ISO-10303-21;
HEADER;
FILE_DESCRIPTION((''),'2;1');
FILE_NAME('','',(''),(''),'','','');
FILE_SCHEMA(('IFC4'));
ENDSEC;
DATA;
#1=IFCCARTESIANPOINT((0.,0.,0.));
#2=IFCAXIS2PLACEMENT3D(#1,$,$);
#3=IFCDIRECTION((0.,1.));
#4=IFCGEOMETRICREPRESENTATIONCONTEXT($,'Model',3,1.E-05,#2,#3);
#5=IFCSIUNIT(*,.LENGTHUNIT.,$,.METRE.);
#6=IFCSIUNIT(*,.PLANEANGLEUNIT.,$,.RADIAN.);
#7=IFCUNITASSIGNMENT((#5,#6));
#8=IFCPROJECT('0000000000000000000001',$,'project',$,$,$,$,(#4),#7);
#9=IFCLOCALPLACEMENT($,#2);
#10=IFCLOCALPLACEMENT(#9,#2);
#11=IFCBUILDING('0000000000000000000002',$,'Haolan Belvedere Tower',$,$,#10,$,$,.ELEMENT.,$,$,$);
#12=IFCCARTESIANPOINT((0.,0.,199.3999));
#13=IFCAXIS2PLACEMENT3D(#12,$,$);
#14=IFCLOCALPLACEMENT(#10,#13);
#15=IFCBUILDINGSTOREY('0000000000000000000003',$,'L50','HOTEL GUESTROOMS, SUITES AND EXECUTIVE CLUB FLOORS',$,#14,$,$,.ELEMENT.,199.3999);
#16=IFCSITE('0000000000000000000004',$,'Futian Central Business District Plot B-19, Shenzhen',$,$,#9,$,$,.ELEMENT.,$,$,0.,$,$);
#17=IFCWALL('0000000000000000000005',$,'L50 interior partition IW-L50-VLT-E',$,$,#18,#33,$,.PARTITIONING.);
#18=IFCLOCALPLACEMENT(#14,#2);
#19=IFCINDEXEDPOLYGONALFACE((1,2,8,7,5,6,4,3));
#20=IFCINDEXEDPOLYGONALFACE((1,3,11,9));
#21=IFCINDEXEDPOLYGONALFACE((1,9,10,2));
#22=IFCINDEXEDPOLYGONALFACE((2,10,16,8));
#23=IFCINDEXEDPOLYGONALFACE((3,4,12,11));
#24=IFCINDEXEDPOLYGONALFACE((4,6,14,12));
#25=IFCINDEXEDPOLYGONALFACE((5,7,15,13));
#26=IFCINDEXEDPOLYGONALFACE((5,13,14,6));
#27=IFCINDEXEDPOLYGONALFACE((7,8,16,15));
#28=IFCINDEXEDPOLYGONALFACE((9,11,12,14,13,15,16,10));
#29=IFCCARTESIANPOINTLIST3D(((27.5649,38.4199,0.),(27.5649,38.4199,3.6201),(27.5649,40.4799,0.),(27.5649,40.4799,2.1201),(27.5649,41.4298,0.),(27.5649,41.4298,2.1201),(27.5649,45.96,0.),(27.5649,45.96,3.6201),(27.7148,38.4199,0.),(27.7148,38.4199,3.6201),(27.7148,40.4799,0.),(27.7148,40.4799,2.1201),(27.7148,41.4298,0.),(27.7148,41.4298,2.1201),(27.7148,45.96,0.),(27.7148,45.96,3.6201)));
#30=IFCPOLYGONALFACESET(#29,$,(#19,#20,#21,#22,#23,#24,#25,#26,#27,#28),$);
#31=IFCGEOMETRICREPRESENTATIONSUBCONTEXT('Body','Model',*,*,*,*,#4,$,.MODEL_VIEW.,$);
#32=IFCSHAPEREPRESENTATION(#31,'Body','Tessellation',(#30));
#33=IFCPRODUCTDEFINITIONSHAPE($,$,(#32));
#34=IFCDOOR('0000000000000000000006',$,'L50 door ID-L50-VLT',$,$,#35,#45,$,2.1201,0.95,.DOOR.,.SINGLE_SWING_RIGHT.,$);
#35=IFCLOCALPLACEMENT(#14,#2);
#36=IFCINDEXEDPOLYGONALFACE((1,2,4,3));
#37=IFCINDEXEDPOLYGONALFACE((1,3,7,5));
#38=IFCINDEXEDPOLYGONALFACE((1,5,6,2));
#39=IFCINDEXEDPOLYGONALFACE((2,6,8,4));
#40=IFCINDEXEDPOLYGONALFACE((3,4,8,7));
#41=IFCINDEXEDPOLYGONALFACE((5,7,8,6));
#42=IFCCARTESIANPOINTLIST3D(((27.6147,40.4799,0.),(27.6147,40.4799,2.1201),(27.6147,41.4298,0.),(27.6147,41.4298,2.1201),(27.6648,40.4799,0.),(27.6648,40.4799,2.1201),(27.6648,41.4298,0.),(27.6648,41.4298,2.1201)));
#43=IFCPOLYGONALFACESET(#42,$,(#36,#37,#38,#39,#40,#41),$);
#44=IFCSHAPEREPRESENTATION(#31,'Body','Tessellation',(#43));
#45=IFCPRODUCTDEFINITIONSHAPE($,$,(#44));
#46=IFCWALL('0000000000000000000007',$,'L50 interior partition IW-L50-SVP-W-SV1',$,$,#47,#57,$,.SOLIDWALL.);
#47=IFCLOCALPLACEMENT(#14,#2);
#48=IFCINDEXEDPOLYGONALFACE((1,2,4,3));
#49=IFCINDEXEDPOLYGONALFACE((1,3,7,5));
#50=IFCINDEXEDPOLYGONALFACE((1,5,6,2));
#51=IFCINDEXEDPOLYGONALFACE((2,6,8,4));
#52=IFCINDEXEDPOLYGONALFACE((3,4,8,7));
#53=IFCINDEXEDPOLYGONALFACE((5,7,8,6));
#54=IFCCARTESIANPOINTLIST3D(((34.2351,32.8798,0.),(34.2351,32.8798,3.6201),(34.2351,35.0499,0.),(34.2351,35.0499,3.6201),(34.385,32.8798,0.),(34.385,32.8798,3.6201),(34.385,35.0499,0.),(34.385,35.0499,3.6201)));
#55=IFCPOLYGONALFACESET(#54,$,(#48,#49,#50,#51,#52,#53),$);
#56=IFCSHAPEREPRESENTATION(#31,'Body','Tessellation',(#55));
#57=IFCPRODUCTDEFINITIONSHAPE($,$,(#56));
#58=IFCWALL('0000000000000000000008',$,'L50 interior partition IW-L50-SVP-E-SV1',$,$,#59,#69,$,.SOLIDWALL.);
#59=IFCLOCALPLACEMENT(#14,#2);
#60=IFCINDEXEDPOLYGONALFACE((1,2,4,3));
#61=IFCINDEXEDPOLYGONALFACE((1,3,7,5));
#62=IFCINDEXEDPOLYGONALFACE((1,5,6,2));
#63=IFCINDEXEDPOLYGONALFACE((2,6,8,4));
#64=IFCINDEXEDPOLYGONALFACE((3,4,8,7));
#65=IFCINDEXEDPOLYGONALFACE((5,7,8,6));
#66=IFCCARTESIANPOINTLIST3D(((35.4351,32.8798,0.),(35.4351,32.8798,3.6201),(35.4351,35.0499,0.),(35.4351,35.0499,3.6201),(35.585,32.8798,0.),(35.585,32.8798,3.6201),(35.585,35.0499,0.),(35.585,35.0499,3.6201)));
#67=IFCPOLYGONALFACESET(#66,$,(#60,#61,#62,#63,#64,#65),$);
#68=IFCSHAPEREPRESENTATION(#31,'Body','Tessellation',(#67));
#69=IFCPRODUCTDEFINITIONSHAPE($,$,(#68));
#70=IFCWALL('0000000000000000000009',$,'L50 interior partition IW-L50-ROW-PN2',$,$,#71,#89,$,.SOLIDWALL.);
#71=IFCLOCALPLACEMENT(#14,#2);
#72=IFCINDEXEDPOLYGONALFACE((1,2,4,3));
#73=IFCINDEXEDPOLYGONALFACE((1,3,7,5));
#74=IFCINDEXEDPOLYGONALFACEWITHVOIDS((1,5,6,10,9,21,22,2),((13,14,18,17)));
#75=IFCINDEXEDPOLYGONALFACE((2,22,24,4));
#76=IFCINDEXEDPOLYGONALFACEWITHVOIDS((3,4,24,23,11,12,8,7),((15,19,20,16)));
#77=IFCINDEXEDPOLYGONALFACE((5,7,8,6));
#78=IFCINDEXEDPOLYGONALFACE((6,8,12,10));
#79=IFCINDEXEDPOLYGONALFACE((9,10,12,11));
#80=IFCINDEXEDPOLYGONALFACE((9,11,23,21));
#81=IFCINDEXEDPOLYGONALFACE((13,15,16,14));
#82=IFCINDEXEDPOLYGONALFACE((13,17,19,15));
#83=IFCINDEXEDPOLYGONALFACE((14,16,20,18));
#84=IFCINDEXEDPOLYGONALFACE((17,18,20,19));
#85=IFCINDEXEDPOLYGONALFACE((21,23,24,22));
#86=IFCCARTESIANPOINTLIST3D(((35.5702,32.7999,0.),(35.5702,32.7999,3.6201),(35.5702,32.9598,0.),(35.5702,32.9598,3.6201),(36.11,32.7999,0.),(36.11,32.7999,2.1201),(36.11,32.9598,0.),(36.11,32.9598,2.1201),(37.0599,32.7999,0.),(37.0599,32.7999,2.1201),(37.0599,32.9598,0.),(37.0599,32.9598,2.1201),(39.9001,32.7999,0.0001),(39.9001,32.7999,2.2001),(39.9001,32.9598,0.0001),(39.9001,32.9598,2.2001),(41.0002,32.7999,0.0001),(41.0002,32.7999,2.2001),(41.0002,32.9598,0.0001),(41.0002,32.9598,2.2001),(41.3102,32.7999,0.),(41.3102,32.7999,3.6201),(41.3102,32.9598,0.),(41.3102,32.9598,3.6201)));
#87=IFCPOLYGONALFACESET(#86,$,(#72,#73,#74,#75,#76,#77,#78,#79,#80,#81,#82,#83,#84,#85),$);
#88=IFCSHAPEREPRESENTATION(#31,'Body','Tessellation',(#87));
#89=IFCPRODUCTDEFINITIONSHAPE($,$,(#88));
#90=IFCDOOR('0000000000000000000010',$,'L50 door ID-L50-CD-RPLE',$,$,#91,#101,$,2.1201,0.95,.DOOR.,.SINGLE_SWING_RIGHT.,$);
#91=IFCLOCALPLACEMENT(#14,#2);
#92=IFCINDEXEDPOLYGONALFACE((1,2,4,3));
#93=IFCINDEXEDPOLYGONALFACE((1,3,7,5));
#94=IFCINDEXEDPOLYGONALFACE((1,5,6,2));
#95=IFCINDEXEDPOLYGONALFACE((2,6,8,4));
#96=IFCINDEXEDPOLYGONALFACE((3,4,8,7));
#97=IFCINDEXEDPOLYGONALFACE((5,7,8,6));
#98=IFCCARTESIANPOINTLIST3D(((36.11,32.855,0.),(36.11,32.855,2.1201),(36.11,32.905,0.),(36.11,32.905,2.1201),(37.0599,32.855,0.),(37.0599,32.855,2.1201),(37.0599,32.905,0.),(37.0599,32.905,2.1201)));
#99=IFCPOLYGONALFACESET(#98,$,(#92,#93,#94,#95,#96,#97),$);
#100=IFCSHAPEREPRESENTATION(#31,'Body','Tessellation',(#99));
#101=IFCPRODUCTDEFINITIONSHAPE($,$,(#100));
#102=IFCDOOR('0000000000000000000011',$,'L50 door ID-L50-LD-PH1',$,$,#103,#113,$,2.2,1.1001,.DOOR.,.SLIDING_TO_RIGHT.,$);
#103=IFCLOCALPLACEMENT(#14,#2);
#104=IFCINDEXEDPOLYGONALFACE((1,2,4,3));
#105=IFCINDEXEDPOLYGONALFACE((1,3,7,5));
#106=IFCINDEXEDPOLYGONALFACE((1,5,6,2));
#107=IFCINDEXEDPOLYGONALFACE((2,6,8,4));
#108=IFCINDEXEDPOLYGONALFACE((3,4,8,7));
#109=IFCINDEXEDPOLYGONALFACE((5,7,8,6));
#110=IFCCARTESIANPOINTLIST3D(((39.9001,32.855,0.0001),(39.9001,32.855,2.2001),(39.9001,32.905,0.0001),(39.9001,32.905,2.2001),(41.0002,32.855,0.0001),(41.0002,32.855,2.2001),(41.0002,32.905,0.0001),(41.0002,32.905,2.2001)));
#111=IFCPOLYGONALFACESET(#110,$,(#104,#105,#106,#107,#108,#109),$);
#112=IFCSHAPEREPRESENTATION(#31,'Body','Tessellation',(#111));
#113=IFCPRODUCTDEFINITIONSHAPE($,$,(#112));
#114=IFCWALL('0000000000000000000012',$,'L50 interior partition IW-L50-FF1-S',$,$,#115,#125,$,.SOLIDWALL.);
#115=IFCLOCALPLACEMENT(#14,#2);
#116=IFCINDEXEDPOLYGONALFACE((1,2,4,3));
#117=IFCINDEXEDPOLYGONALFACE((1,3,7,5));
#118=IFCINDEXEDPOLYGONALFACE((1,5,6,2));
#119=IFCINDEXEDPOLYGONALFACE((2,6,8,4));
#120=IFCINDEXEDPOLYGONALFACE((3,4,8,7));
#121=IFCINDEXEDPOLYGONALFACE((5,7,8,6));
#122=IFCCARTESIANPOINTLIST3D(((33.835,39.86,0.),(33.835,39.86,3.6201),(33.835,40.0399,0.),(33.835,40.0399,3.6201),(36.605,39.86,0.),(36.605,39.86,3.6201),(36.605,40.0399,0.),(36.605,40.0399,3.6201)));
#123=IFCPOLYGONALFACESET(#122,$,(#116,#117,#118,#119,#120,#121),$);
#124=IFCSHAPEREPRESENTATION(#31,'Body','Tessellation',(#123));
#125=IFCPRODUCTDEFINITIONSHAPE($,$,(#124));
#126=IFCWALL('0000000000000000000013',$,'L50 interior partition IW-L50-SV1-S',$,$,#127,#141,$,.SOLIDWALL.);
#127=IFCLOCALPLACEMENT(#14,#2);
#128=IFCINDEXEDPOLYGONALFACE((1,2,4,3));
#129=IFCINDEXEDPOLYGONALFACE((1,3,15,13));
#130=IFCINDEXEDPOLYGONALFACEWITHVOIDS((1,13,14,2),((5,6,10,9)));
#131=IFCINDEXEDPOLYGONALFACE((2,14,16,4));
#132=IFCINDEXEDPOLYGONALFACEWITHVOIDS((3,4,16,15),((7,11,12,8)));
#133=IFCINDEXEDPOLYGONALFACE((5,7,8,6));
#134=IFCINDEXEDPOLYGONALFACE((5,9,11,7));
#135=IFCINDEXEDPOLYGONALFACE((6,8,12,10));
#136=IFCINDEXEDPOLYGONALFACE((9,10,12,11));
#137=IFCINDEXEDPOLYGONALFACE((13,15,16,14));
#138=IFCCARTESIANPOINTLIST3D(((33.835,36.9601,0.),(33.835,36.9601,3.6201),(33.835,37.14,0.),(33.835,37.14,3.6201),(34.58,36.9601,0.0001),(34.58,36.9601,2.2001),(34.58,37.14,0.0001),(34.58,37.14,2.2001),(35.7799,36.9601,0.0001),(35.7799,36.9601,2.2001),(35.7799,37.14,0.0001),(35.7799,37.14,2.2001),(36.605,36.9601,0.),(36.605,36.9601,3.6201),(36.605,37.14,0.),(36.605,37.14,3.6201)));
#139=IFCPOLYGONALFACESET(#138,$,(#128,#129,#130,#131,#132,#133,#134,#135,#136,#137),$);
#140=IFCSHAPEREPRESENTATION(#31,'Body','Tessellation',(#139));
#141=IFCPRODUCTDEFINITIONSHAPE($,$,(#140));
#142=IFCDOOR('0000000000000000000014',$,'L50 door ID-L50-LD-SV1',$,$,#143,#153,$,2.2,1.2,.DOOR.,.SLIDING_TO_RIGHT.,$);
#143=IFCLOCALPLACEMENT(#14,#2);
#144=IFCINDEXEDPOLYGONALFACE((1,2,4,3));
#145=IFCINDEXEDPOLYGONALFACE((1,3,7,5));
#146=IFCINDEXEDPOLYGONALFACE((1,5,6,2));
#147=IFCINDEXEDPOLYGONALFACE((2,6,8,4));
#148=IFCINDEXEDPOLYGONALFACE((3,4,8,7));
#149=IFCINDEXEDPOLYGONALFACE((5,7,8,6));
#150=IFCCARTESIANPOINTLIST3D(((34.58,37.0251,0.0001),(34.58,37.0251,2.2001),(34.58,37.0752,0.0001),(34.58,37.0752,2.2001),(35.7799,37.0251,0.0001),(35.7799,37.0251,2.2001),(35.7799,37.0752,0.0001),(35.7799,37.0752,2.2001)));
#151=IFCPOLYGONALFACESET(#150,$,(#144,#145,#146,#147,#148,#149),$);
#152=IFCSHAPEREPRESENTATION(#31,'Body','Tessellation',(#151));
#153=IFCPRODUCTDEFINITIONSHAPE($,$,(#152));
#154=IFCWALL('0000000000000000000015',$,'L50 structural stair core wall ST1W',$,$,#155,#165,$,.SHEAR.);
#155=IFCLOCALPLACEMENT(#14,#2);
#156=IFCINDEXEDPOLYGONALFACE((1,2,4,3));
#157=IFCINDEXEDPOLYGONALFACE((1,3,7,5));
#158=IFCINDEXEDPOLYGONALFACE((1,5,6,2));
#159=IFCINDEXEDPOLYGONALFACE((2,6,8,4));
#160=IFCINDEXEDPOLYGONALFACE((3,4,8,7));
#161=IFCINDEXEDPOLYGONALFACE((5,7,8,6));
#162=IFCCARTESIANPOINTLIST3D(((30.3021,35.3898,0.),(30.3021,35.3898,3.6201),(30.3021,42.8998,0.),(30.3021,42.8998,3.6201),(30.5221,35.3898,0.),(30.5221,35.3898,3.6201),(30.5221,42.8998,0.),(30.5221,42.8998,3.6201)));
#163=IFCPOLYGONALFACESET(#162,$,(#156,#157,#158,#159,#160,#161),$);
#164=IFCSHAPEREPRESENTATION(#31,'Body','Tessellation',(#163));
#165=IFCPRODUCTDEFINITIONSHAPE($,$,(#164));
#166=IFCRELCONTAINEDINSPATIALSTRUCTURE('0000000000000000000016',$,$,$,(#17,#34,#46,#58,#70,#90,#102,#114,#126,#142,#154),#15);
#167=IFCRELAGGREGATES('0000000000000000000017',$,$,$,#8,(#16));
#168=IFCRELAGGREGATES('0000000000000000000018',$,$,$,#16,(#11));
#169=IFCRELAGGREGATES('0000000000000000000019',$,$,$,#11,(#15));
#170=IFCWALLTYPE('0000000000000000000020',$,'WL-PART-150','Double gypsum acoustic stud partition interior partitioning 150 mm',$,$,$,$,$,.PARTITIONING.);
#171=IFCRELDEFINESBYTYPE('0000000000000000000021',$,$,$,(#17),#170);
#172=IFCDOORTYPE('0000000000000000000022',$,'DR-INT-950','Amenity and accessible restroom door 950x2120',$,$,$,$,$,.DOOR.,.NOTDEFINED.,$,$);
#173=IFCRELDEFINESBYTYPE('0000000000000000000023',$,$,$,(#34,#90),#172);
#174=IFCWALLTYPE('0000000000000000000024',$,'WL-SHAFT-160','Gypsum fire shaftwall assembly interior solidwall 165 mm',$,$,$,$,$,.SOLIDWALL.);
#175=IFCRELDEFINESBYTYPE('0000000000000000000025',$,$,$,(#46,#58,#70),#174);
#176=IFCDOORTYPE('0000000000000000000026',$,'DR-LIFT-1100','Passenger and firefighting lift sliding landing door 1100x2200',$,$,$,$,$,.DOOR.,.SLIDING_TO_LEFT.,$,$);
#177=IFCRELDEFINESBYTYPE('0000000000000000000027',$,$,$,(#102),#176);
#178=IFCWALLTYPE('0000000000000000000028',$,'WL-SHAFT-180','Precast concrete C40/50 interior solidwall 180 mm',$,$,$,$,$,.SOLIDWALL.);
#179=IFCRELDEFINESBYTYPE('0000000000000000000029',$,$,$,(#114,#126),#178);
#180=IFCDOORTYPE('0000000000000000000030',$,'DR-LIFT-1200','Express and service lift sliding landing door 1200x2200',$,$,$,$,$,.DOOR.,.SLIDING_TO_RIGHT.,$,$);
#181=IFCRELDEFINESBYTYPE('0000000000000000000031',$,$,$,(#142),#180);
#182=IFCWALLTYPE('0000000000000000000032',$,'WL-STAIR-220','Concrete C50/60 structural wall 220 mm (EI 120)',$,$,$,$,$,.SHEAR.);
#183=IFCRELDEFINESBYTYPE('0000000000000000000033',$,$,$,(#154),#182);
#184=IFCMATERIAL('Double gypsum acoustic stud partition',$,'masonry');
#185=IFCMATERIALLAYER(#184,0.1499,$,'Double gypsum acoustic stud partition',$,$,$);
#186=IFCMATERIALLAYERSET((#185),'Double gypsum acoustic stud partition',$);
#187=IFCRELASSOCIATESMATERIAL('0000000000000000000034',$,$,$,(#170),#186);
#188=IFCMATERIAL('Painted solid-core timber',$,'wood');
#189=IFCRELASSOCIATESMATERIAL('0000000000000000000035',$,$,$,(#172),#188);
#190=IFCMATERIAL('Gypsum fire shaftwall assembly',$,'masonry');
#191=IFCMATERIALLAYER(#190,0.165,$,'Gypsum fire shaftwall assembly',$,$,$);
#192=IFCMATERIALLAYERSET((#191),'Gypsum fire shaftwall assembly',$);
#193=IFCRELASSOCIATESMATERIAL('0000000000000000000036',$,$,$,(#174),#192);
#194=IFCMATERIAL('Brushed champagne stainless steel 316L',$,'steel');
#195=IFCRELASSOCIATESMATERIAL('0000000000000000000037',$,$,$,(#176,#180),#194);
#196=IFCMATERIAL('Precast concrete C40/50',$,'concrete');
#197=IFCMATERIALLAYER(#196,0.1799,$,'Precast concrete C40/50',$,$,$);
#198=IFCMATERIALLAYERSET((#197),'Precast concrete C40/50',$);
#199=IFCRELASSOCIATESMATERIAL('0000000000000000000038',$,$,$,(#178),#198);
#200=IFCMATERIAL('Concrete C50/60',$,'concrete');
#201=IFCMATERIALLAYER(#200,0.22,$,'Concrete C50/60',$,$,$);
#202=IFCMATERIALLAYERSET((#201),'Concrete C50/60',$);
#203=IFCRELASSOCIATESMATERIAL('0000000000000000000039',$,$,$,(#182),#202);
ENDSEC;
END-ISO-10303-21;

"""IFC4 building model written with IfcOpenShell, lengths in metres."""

from ifc_helpers import new_model, si_unit, direction, frame, frame_2d, origin, place, context, subcontext, project, spatial, rectangle, extrude, material, layer, layer_set, type_object, element, fill, save


model = new_model("IFC4")

# Units and contexts
model_context = context("Model", 3, precision=1e-05, world=origin(), true_north=direction((0.0, 1.0)))
body_context = subcontext(model_context, "Body", "Model", "MODEL_VIEW")
ifc_project = project(units=[si_unit("LENGTHUNIT", "METRE"), si_unit("PLANEANGLEUNIT", "RADIAN")], contexts=[model_context])

# Site, building, storey
site_placement = place(None, origin())
site = spatial("IfcSite", under=ifc_project, at=site_placement, Name="Futian Central Business District Plot B-19, Shenzhen", CompositionType="ELEMENT", RefElevation=0.0)
building_placement = place(site_placement, origin())
building = spatial("IfcBuilding", under=site, at=building_placement, Name="Haolan Belvedere Tower", CompositionType="ELEMENT")
storey_placement = place(building_placement, frame((0.0, 0.0, 199.3999)))
storey = spatial("IfcBuildingStorey", under=building, at=storey_placement, Name="L50", Description="HOTEL GUESTROOMS, SUITES AND EXECUTIVE CLUB FLOORS", CompositionType="ELEMENT", Elevation=199.3999)

# Wall, opening, door
ifc_material_1 = material(Name="Double gypsum acoustic stud partition", Category="masonry")
ifc_layer_1 = layer(ifc_material_1, 0.1499, Name="Double gypsum acoustic stud partition")
ifc_layer_set_1 = layer_set([ifc_layer_1], Name="Double gypsum acoustic stud partition")
wall_type_1 = type_object("IfcWallType", Name="WL-PART-150", Description="Double gypsum acoustic stud partition interior partitioning 150 mm", PredefinedType="PARTITIONING", material=ifc_layer_set_1)
wall_1_placement = place(storey_placement, frame((27.6399, 38.4199, 0.0), z_axis=(0.0, 0.0, 1.0), x_axis=(0.0, 1.0, 0.0)))
wall_1 = element("IfcWall", 1, at=wall_1_placement, inside=storey, type_object=wall_type_1, Name="L50 interior partition IW-L50-VLT-E", PredefinedType="PARTITIONING", context=body_context, shape_type="SweptSolid", body=[
    extrude(rectangle(XDim=7.54, YDim=0.1499, at=frame_2d((3.77, 0.0))), origin(), (0.0, 0.0, 1.0), 3.6201),
])
opening_1_placement = place(wall_1_placement, frame((3.01, 0.0, 0.0), z_axis=(0.0, 0.0, 1.0), x_axis=(-1.0, 0.0, 0.0)))
opening_1 = element("IfcOpeningElement", 2, at=opening_1_placement, cuts=wall_1, PredefinedType="OPENING", context=body_context, shape_type="SweptSolid", body=[
    extrude(rectangle(XDim=0.95, YDim=2.1201, at=frame_2d((0.4751, 1.0601))), frame((0.0, 0.085, 0.0), z_axis=(0.0, -1.0, 0.0), x_axis=(1.0, 0.0, 0.0)), (0.0, 0.0, 1.0), 0.1699),
])
ifc_material_2 = material(Name="Painted solid-core timber", Category="wood")
door_type_1 = type_object("IfcDoorType", Name="DR-INT-950", Description="Amenity and accessible restroom door 950x2120", OperationType="NOTDEFINED", PredefinedType="DOOR", material=ifc_material_2)
door_1_placement = place(opening_1_placement, origin())
door_1 = element("IfcDoor", 3, at=door_1_placement, inside=storey, type_object=door_type_1, Name="L50 door ID-L50-VLT", OperationType="SINGLE_SWING_RIGHT", OverallHeight=2.1201, OverallWidth=0.95, PredefinedType="DOOR", context=body_context, shape_type="SweptSolid", body=[
    extrude(rectangle(XDim=0.95, YDim=2.1201, at=frame_2d((0.4751, 1.0601))), frame((0.0, 0.0249, 0.0), z_axis=(0.0, -1.0, 0.0), x_axis=(1.0, 0.0, 0.0)), (0.0, 0.0, 1.0), 0.05),
])
fill(opening_1, door_1)

# Walls
ifc_material_3 = material(Name="Gypsum fire shaftwall assembly", Category="masonry")
ifc_layer_2 = layer(ifc_material_3, 0.165, Name="Gypsum fire shaftwall assembly")
ifc_layer_set_2 = layer_set([ifc_layer_2], Name="Gypsum fire shaftwall assembly")
wall_type_2 = type_object("IfcWallType", Name="WL-SHAFT-160", Description="Gypsum fire shaftwall assembly interior solidwall 165 mm", PredefinedType="SOLIDWALL", material=ifc_layer_set_2)
for number, where, z_axis, x_axis, name in (
    (4, (34.3101, 32.8799, 0.0), (0.0, 0.0, 1.0), (0.0, 1.0, 0.0), "L50 interior partition IW-L50-SVP-W-SV1"),
    (5, (35.51, 32.8799, 0.0), (0.0, 0.0, 1.0), (0.0, 1.0, 0.0), "L50 interior partition IW-L50-SVP-E-SV1"),
):
    element("IfcWall", number, at=place(storey_placement, frame(where, z_axis=z_axis, x_axis=x_axis)), inside=storey, type_object=wall_type_2, Name=name, PredefinedType="SOLIDWALL", context=body_context, shape_type="SweptSolid", body=[
        extrude(rectangle(XDim=2.1702, YDim=0.1499, at=frame_2d((1.085, 0.0))), origin(), (0.0, 0.0, 1.0), 3.6201),
    ])

# Wall, openings, doors
wall_2_placement = place(storey_placement, frame((35.5701, 32.8799, 0.0), z_axis=(0.0, 0.0, 1.0), x_axis=(1.0, 0.0, 0.0)))
wall_2 = element("IfcWall", 6, at=wall_2_placement, inside=storey, type_object=wall_type_2, Name="L50 interior partition IW-L50-ROW-PN2", PredefinedType="SOLIDWALL", context=body_context, shape_type="SweptSolid", body=[
    extrude(rectangle(XDim=5.74, YDim=0.1599, at=frame_2d((2.8701, 0.0))), origin(), (0.0, 0.0, 1.0), 3.6201),
])
opening_2_placement = place(wall_2_placement, frame((1.49, 0.0, 0.0), z_axis=(0.0, 0.0, 1.0), x_axis=(-1.0, 0.0, 0.0)))
opening_2 = element("IfcOpeningElement", 7, at=opening_2_placement, cuts=wall_2, PredefinedType="OPENING", context=body_context, shape_type="SweptSolid", body=[
    extrude(rectangle(XDim=0.95, YDim=2.1201, at=frame_2d((0.4751, 1.0601))), frame((0.0, 0.0898, 0.0), z_axis=(0.0, -1.0, 0.0), x_axis=(1.0, 0.0, 0.0)), (0.0, 0.0, 1.0), 0.1799),
])
opening_3_placement = place(wall_2_placement, frame((5.4302, 0.0, 0.0), z_axis=(0.0, 0.0, 1.0), x_axis=(-1.0, 0.0, 0.0)))
opening_3 = element("IfcOpeningElement", 8, at=opening_3_placement, cuts=wall_2, PredefinedType="OPENING", context=body_context, shape_type="SweptSolid", body=[
    extrude(rectangle(XDim=1.1001, YDim=2.2, at=frame_2d((0.55, 1.1001))), frame((0.0, 0.0898, 0.0), z_axis=(0.0, -1.0, 0.0), x_axis=(1.0, 0.0, 0.0)), (0.0, 0.0, 1.0), 0.1799),
])
door_2_placement = place(opening_2_placement, origin())
door_2 = element("IfcDoor", 9, at=door_2_placement, inside=storey, type_object=door_type_1, Name="L50 door ID-L50-CD-RPLE", OperationType="SINGLE_SWING_RIGHT", OverallHeight=2.1201, OverallWidth=0.95, PredefinedType="DOOR", context=body_context, shape_type="SweptSolid", body=[
    extrude(rectangle(XDim=0.95, YDim=2.1201, at=frame_2d((0.4751, 1.0601))), frame((0.0, 0.0249, 0.0), z_axis=(0.0, -1.0, 0.0), x_axis=(1.0, 0.0, 0.0)), (0.0, 0.0, 1.0), 0.05),
])
fill(opening_2, door_2)
ifc_material_4 = material(Name="Brushed champagne stainless steel 316L", Category="steel")
door_type_2 = type_object("IfcDoorType", Name="DR-LIFT-1100", Description="Passenger and firefighting lift sliding landing door 1100x2200", OperationType="SLIDING_TO_LEFT", PredefinedType="DOOR", material=ifc_material_4)
door_3_placement = place(opening_3_placement, origin())
door_3 = element("IfcDoor", 10, at=door_3_placement, inside=storey, type_object=door_type_2, Name="L50 door ID-L50-LD-PH1", OperationType="SLIDING_TO_RIGHT", OverallHeight=2.2, OverallWidth=1.1001, PredefinedType="DOOR", context=body_context, shape_type="SweptSolid", body=[
    extrude(rectangle(XDim=1.1001, YDim=2.2, at=frame_2d((0.55, 1.1001))), frame((0.0, 0.0249, 0.0), z_axis=(0.0, -1.0, 0.0), x_axis=(1.0, 0.0, 0.0)), (0.0, 0.0, 1.0), 0.05),
])
fill(opening_3, door_3)

# Wall
ifc_material_5 = material(Name="Precast concrete C40/50", Category="concrete")
ifc_layer_3 = layer(ifc_material_5, 0.1799, Name="Precast concrete C40/50")
ifc_layer_set_3 = layer_set([ifc_layer_3], Name="Precast concrete C40/50")
wall_type_3 = type_object("IfcWallType", Name="WL-SHAFT-180", Description="Precast concrete C40/50 interior solidwall 180 mm", PredefinedType="SOLIDWALL", material=ifc_layer_set_3)
wall_3_placement = place(storey_placement, frame((33.835, 39.95, 0.0), z_axis=(0.0, 0.0, 1.0), x_axis=(1.0, 0.0, 0.0)))
element("IfcWall", 11, at=wall_3_placement, inside=storey, type_object=wall_type_3, Name="L50 interior partition IW-L50-FF1-S", PredefinedType="SOLIDWALL", context=body_context, shape_type="SweptSolid", body=[
    extrude(rectangle(XDim=2.77, YDim=0.1799, at=frame_2d((1.385, 0.0))), origin(), (0.0, 0.0, 1.0), 3.6201),
])

# Wall, opening, door
wall_4_placement = place(storey_placement, frame((33.835, 37.05, 0.0), z_axis=(0.0, 0.0, 1.0), x_axis=(1.0, 0.0, 0.0)))
wall_4 = element("IfcWall", 12, at=wall_4_placement, inside=storey, type_object=wall_type_3, Name="L50 interior partition IW-L50-SV1-S", PredefinedType="SOLIDWALL", context=body_context, shape_type="SweptSolid", body=[
    extrude(rectangle(XDim=2.77, YDim=0.1799, at=frame_2d((1.385, 0.0))), origin(), (0.0, 0.0, 1.0), 3.6201),
])
opening_4_placement = place(wall_4_placement, frame((1.9451, 0.0, 0.0), z_axis=(0.0, 0.0, 1.0), x_axis=(-1.0, 0.0, 0.0)))
opening_4 = element("IfcOpeningElement", 13, at=opening_4_placement, cuts=wall_4, PredefinedType="OPENING", context=body_context, shape_type="SweptSolid", body=[
    extrude(rectangle(XDim=1.2, YDim=2.2, at=frame_2d((0.6001, 1.1001))), frame((0.0, 0.0999, 0.0), z_axis=(0.0, -1.0, 0.0), x_axis=(1.0, 0.0, 0.0)), (0.0, 0.0, 1.0), 0.2),
])
door_type_3 = type_object("IfcDoorType", Name="DR-LIFT-1200", Description="Express and service lift sliding landing door 1200x2200", OperationType="SLIDING_TO_RIGHT", PredefinedType="DOOR", material=ifc_material_4)
door_4_placement = place(opening_4_placement, origin())
door_4 = element("IfcDoor", 14, at=door_4_placement, inside=storey, type_object=door_type_3, Name="L50 door ID-L50-LD-SV1", OperationType="SLIDING_TO_RIGHT", OverallHeight=2.2, OverallWidth=1.2, PredefinedType="DOOR", context=body_context, shape_type="SweptSolid", body=[
    extrude(rectangle(XDim=1.2, YDim=2.2, at=frame_2d((0.6001, 1.1001))), frame((0.0, 0.0249, 0.0), z_axis=(0.0, -1.0, 0.0), x_axis=(1.0, 0.0, 0.0)), (0.0, 0.0, 1.0), 0.05),
])
fill(opening_4, door_4)

# Wall
ifc_material_6 = material(Name="Concrete C50/60", Category="concrete")
ifc_layer_4 = layer(ifc_material_6, 0.22, Name="Concrete C50/60")
ifc_layer_set_4 = layer_set([ifc_layer_4], Name="Concrete C50/60")
wall_type_4 = type_object("IfcWallType", Name="WL-STAIR-220", Description="Concrete C50/60 structural wall 220 mm (EI 120)", PredefinedType="SHEAR", material=ifc_layer_set_4)
for number, where, z_axis, x_axis, name in (
    (15, (30.4121, 35.3899, 0.0), (0.0, 0.0, 1.0), (0.0, 1.0, 0.0), "L50 structural stair core wall ST1W"),
):
    element("IfcWall", number, at=place(storey_placement, frame(where, z_axis=z_axis, x_axis=x_axis)), inside=storey, type_object=wall_type_4, Name=name, PredefinedType="SHEAR", context=body_context, shape_type="SweptSolid", body=[
        extrude(rectangle(XDim=7.51, YDim=0.22, at=frame_2d((3.7549, 0.0))), origin(), (0.0, 0.0, 1.0), 3.6201),
    ])

save(model, "model.ifc")
